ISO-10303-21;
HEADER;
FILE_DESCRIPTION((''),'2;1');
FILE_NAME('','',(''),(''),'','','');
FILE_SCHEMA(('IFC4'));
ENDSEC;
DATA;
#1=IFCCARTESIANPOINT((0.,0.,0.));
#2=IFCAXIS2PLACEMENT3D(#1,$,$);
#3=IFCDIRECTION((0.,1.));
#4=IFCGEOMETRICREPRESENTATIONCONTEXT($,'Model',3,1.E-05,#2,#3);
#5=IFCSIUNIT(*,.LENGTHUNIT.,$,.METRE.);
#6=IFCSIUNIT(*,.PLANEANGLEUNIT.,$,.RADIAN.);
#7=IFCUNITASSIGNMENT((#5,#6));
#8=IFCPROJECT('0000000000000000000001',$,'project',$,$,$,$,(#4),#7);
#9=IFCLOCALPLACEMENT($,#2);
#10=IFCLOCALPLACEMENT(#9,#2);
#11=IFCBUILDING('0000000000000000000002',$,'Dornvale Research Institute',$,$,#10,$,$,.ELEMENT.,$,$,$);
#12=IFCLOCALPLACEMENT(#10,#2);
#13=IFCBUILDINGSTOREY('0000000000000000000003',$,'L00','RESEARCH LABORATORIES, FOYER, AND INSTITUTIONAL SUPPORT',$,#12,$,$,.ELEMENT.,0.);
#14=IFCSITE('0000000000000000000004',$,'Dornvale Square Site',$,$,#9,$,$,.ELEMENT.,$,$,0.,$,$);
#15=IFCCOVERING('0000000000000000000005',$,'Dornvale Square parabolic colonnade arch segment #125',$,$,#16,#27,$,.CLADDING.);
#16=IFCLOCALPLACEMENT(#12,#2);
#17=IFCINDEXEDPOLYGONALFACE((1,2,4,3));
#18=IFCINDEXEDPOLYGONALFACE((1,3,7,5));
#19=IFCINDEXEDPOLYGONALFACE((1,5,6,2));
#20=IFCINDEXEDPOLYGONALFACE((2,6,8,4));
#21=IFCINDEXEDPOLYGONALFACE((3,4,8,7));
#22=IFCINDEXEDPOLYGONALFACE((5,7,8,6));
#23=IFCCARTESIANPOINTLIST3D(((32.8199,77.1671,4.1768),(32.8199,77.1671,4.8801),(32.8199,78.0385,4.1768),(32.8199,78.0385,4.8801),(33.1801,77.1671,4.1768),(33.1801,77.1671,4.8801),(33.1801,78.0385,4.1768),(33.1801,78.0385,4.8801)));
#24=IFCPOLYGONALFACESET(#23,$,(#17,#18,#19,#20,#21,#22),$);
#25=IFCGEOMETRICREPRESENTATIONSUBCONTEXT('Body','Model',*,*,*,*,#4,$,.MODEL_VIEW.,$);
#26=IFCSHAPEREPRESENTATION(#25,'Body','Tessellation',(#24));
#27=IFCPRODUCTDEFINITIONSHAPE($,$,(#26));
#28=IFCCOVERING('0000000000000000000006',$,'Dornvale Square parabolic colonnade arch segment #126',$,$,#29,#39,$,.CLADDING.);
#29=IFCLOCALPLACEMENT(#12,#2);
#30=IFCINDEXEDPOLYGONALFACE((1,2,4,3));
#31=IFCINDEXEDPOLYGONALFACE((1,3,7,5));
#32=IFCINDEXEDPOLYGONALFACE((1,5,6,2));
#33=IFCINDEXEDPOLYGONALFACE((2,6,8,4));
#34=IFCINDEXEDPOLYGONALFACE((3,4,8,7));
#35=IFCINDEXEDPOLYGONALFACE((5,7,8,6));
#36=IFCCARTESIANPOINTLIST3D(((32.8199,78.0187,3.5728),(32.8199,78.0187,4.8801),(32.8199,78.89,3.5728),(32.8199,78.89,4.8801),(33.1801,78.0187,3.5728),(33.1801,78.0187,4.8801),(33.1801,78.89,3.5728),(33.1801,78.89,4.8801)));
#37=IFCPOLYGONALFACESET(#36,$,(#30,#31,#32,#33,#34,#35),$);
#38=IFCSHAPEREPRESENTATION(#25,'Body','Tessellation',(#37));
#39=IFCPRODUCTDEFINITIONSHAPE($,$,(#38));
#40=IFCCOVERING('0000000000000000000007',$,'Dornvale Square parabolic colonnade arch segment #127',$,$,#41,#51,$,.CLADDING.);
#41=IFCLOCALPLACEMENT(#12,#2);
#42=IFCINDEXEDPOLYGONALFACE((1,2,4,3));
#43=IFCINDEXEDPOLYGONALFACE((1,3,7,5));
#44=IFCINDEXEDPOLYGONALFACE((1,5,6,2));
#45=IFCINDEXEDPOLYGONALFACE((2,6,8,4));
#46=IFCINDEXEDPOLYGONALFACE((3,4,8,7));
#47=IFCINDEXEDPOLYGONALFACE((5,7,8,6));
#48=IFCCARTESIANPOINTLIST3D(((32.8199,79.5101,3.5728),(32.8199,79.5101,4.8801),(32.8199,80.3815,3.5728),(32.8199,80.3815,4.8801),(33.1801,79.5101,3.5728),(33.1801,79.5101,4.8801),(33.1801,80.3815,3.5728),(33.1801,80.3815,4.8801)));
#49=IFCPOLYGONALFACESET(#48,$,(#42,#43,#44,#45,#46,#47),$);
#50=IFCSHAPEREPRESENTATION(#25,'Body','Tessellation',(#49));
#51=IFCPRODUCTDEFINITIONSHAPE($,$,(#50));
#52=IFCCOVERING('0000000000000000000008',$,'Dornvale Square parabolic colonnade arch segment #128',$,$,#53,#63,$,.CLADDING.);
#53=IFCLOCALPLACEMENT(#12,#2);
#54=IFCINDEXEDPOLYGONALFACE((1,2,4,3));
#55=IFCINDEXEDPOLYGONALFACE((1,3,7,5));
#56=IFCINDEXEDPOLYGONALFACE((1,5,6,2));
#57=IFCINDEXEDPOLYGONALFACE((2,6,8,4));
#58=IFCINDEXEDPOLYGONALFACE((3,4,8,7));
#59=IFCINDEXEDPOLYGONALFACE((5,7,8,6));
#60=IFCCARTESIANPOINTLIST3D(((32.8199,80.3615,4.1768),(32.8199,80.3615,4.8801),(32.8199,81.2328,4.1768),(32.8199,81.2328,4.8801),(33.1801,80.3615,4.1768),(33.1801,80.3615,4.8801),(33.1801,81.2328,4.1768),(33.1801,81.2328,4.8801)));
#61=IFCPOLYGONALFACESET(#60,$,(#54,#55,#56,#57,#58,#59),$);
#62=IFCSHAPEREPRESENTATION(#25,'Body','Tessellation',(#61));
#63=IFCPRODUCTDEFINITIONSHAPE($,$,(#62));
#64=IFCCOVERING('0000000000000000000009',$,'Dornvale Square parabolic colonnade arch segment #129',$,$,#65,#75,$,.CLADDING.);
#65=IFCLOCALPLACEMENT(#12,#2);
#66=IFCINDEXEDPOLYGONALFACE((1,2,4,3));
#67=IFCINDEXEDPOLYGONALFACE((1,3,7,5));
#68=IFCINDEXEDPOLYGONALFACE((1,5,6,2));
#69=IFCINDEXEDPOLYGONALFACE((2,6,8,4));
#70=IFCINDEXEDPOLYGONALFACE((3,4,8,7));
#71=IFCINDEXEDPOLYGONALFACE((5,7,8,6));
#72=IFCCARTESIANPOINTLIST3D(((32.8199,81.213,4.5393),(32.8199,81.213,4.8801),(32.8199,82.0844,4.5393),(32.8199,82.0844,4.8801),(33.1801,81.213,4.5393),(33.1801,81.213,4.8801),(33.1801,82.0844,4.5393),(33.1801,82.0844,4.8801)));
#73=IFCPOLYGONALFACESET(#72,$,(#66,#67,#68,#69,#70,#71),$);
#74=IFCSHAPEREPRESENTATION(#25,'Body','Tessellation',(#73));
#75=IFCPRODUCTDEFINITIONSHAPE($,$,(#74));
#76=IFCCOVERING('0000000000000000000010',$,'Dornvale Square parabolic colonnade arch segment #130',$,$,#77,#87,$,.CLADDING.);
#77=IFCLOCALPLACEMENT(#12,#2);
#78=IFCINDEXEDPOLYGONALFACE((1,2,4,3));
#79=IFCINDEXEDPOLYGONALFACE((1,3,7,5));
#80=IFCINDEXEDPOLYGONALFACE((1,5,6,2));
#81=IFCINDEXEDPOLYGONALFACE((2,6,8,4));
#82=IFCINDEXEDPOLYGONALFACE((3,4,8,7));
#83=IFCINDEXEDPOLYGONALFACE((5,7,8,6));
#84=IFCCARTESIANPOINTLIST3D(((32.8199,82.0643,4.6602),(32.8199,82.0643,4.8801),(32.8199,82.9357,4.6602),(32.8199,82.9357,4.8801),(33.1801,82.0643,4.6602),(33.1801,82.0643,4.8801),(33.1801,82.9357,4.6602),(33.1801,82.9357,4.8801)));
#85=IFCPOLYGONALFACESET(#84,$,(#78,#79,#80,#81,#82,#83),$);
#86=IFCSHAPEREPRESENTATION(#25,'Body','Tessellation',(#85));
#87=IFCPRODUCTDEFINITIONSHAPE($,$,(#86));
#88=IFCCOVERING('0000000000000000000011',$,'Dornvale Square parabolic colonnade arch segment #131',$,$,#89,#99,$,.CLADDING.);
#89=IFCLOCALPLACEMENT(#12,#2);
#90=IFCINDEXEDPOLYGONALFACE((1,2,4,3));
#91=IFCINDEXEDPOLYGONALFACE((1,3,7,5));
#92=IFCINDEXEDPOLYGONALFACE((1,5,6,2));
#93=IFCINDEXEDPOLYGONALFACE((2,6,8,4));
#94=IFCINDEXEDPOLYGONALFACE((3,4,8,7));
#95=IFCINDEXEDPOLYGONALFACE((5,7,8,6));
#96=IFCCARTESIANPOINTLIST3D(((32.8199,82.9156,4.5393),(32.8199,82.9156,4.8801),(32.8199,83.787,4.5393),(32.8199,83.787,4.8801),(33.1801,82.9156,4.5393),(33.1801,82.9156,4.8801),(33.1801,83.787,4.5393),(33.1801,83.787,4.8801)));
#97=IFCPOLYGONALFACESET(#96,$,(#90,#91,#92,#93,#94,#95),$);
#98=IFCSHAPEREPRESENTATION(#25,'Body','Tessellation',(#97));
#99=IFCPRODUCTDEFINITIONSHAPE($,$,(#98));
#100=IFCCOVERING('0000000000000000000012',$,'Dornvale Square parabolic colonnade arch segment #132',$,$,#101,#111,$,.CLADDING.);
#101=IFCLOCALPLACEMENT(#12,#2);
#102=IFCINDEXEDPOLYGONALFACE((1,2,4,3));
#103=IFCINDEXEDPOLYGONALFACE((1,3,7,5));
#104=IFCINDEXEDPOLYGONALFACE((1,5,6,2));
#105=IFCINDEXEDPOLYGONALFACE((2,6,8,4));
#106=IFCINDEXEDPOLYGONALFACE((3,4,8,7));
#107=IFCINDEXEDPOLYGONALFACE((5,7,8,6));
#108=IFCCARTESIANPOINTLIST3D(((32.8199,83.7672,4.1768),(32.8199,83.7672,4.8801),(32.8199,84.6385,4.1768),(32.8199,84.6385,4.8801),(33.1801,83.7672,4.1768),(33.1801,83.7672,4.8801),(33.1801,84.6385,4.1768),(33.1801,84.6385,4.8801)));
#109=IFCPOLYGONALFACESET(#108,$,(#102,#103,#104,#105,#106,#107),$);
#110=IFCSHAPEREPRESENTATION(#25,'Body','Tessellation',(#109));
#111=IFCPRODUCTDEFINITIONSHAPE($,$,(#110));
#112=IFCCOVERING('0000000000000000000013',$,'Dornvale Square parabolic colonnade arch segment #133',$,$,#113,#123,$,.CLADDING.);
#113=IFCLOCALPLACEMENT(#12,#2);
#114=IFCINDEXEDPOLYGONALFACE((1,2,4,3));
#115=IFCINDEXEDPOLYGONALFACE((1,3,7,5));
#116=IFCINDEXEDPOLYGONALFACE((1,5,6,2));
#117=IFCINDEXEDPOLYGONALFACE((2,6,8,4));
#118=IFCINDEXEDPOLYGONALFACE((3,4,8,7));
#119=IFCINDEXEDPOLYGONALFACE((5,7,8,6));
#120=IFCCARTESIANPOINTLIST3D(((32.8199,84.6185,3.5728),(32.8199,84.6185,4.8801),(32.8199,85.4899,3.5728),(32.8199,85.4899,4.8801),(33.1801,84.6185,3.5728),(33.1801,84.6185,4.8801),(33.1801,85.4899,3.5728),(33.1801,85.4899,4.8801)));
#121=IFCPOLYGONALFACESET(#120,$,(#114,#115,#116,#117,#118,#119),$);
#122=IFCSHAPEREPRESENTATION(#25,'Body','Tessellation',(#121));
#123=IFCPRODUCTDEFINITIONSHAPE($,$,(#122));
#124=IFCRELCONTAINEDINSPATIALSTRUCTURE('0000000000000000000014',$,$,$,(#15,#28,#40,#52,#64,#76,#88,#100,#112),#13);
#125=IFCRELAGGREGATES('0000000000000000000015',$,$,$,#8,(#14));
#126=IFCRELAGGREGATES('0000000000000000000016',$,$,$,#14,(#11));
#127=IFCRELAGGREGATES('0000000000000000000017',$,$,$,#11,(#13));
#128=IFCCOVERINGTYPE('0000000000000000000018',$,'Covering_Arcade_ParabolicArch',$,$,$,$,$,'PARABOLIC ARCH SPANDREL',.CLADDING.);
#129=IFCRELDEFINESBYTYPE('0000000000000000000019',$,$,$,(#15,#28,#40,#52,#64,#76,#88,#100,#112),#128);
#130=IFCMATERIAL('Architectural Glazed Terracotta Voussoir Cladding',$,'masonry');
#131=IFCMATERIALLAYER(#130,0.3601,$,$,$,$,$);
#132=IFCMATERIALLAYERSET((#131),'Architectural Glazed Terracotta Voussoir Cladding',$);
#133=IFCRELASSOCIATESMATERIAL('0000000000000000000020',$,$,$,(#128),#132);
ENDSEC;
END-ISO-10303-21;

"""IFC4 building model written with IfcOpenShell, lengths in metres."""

from ifc_helpers import new_model, si_unit, direction, frame, origin, origin_2d, place, context, subcontext, project, spatial, rectangle, extrude, material, layer, layer_set, type_object, element, save


model = new_model("IFC4")

# Units and contexts
model_context = context("Model", 3, precision=1e-05, world=origin(), true_north=direction((0.0, 1.0)))
body_context = subcontext(model_context, "Body", "Model", "MODEL_VIEW")
ifc_project = project(units=[si_unit("LENGTHUNIT", "METRE"), si_unit("PLANEANGLEUNIT", "RADIAN")], contexts=[model_context])

# Site, building, storey
site_placement = place(None, origin())
site = spatial("IfcSite", under=ifc_project, at=site_placement, Name="Dornvale Square Site", CompositionType="ELEMENT", RefElevation=0.0)
building_placement = place(site_placement, origin())
building = spatial("IfcBuilding", under=site, at=building_placement, Name="Dornvale Research Institute", CompositionType="ELEMENT")
storey_placement = place(building_placement, origin())
storey = spatial("IfcBuildingStorey", under=building, at=storey_placement, Name="L00", Description="RESEARCH LABORATORIES, FOYER, AND INSTITUTIONAL SUPPORT", CompositionType="ELEMENT", Elevation=0.0)

# Coverings
ifc_material_1 = material(Name="Architectural Glazed Terracotta Voussoir Cladding", Category="masonry")
ifc_layer = layer(ifc_material_1, 0.3601)
ifc_layer_set = layer_set([ifc_layer], Name="Architectural Glazed Terracotta Voussoir Cladding")
covering_type = type_object("IfcCoveringType", Name="Covering_Arcade_ParabolicArch", ElementType="PARABOLIC ARCH SPANDREL", PredefinedType="CLADDING", material=ifc_layer_set)
covering_1_placement = place(storey_placement, frame((33.0, 77.6028, 4.1768), z_axis=(0.0, 0.0, 1.0), x_axis=(0.0, 1.0, 0.0)))
element("IfcCovering", 1, at=covering_1_placement, inside=storey, type_object=covering_type, Name="Dornvale Square parabolic colonnade arch segment #125", PredefinedType="CLADDING", context=body_context, shape_type="SweptSolid", body=[
    extrude(rectangle(XDim=0.8713, YDim=0.3601, at=origin_2d()), origin(), (0.0, 0.0, 1.0), 0.7034),
])
for number, where, z_axis, x_axis, name in (
    (2, (33.0, 78.4543, 3.5728), (0.0, 0.0, 1.0), (0.0, 1.0, 0.0), "Dornvale Square parabolic colonnade arch segment #126"),
    (3, (33.0, 79.9458, 3.5728), (0.0, 0.0, 1.0), (0.0, 1.0, 0.0), "Dornvale Square parabolic colonnade arch segment #127"),
):
    element("IfcCovering", number, at=place(storey_placement, frame(where, z_axis=z_axis, x_axis=x_axis)), inside=storey, type_object=covering_type, Name=name, PredefinedType="CLADDING", context=body_context, shape_type="SweptSolid", body=[
        extrude(rectangle(XDim=0.8713, YDim=0.3601, at=origin_2d()), origin(), (0.0, 0.0, 1.0), 1.3074),
    ])
covering_2_placement = place(storey_placement, frame((33.0, 80.7971, 4.1768), z_axis=(0.0, 0.0, 1.0), x_axis=(0.0, 1.0, 0.0)))
element("IfcCovering", 4, at=covering_2_placement, inside=storey, type_object=covering_type, Name="Dornvale Square parabolic colonnade arch segment #128", PredefinedType="CLADDING", context=body_context, shape_type="SweptSolid", body=[
    extrude(rectangle(XDim=0.8713, YDim=0.3601, at=origin_2d()), origin(), (0.0, 0.0, 1.0), 0.7034),
])
covering_3_placement = place(storey_placement, frame((33.0, 81.6487, 4.5393), z_axis=(0.0, 0.0, 1.0), x_axis=(0.0, 1.0, 0.0)))
element("IfcCovering", 5, at=covering_3_placement, inside=storey, type_object=covering_type, Name="Dornvale Square parabolic colonnade arch segment #129", PredefinedType="CLADDING", context=body_context, shape_type="SweptSolid", body=[
    extrude(rectangle(XDim=0.8713, YDim=0.3601, at=origin_2d()), origin(), (0.0, 0.0, 1.0), 0.3408),
])
covering_4_placement = place(storey_placement, frame((33.0, 82.5, 4.6602), z_axis=(0.0, 0.0, 1.0), x_axis=(0.0, 1.0, 0.0)))
element("IfcCovering", 6, at=covering_4_placement, inside=storey, type_object=covering_type, Name="Dornvale Square parabolic colonnade arch segment #130", PredefinedType="CLADDING", context=body_context, shape_type="SweptSolid", body=[
    extrude(rectangle(XDim=0.8713, YDim=0.3601, at=origin_2d()), origin(), (0.0, 0.0, 1.0), 0.22),
])
covering_5_placement = place(storey_placement, frame((33.0, 83.3513, 4.5393), z_axis=(0.0, 0.0, 1.0), x_axis=(0.0, 1.0, 0.0)))
element("IfcCovering", 7, at=covering_5_placement, inside=storey, type_object=covering_type, Name="Dornvale Square parabolic colonnade arch segment #131", PredefinedType="CLADDING", context=body_context, shape_type="SweptSolid", body=[
    extrude(rectangle(XDim=0.8713, YDim=0.3601, at=origin_2d()), origin(), (0.0, 0.0, 1.0), 0.3408),
])
covering_6_placement = place(storey_placement, frame((33.0, 84.2029, 4.1768), z_axis=(0.0, 0.0, 1.0), x_axis=(0.0, 1.0, 0.0)))
element("IfcCovering", 8, at=covering_6_placement, inside=storey, type_object=covering_type, Name="Dornvale Square parabolic colonnade arch segment #132", PredefinedType="CLADDING", context=body_context, shape_type="SweptSolid", body=[
    extrude(rectangle(XDim=0.8713, YDim=0.3601, at=origin_2d()), origin(), (0.0, 0.0, 1.0), 0.7034),
])
covering_7_placement = place(storey_placement, frame((33.0, 85.0542, 3.5728), z_axis=(0.0, 0.0, 1.0), x_axis=(0.0, 1.0, 0.0)))
element("IfcCovering", 9, at=covering_7_placement, inside=storey, type_object=covering_type, Name="Dornvale Square parabolic colonnade arch segment #133", PredefinedType="CLADDING", context=body_context, shape_type="SweptSolid", body=[
    extrude(rectangle(XDim=0.8713, YDim=0.3601, at=origin_2d()), origin(), (0.0, 0.0, 1.0), 1.3074),
])

save(model, "model.ifc")
